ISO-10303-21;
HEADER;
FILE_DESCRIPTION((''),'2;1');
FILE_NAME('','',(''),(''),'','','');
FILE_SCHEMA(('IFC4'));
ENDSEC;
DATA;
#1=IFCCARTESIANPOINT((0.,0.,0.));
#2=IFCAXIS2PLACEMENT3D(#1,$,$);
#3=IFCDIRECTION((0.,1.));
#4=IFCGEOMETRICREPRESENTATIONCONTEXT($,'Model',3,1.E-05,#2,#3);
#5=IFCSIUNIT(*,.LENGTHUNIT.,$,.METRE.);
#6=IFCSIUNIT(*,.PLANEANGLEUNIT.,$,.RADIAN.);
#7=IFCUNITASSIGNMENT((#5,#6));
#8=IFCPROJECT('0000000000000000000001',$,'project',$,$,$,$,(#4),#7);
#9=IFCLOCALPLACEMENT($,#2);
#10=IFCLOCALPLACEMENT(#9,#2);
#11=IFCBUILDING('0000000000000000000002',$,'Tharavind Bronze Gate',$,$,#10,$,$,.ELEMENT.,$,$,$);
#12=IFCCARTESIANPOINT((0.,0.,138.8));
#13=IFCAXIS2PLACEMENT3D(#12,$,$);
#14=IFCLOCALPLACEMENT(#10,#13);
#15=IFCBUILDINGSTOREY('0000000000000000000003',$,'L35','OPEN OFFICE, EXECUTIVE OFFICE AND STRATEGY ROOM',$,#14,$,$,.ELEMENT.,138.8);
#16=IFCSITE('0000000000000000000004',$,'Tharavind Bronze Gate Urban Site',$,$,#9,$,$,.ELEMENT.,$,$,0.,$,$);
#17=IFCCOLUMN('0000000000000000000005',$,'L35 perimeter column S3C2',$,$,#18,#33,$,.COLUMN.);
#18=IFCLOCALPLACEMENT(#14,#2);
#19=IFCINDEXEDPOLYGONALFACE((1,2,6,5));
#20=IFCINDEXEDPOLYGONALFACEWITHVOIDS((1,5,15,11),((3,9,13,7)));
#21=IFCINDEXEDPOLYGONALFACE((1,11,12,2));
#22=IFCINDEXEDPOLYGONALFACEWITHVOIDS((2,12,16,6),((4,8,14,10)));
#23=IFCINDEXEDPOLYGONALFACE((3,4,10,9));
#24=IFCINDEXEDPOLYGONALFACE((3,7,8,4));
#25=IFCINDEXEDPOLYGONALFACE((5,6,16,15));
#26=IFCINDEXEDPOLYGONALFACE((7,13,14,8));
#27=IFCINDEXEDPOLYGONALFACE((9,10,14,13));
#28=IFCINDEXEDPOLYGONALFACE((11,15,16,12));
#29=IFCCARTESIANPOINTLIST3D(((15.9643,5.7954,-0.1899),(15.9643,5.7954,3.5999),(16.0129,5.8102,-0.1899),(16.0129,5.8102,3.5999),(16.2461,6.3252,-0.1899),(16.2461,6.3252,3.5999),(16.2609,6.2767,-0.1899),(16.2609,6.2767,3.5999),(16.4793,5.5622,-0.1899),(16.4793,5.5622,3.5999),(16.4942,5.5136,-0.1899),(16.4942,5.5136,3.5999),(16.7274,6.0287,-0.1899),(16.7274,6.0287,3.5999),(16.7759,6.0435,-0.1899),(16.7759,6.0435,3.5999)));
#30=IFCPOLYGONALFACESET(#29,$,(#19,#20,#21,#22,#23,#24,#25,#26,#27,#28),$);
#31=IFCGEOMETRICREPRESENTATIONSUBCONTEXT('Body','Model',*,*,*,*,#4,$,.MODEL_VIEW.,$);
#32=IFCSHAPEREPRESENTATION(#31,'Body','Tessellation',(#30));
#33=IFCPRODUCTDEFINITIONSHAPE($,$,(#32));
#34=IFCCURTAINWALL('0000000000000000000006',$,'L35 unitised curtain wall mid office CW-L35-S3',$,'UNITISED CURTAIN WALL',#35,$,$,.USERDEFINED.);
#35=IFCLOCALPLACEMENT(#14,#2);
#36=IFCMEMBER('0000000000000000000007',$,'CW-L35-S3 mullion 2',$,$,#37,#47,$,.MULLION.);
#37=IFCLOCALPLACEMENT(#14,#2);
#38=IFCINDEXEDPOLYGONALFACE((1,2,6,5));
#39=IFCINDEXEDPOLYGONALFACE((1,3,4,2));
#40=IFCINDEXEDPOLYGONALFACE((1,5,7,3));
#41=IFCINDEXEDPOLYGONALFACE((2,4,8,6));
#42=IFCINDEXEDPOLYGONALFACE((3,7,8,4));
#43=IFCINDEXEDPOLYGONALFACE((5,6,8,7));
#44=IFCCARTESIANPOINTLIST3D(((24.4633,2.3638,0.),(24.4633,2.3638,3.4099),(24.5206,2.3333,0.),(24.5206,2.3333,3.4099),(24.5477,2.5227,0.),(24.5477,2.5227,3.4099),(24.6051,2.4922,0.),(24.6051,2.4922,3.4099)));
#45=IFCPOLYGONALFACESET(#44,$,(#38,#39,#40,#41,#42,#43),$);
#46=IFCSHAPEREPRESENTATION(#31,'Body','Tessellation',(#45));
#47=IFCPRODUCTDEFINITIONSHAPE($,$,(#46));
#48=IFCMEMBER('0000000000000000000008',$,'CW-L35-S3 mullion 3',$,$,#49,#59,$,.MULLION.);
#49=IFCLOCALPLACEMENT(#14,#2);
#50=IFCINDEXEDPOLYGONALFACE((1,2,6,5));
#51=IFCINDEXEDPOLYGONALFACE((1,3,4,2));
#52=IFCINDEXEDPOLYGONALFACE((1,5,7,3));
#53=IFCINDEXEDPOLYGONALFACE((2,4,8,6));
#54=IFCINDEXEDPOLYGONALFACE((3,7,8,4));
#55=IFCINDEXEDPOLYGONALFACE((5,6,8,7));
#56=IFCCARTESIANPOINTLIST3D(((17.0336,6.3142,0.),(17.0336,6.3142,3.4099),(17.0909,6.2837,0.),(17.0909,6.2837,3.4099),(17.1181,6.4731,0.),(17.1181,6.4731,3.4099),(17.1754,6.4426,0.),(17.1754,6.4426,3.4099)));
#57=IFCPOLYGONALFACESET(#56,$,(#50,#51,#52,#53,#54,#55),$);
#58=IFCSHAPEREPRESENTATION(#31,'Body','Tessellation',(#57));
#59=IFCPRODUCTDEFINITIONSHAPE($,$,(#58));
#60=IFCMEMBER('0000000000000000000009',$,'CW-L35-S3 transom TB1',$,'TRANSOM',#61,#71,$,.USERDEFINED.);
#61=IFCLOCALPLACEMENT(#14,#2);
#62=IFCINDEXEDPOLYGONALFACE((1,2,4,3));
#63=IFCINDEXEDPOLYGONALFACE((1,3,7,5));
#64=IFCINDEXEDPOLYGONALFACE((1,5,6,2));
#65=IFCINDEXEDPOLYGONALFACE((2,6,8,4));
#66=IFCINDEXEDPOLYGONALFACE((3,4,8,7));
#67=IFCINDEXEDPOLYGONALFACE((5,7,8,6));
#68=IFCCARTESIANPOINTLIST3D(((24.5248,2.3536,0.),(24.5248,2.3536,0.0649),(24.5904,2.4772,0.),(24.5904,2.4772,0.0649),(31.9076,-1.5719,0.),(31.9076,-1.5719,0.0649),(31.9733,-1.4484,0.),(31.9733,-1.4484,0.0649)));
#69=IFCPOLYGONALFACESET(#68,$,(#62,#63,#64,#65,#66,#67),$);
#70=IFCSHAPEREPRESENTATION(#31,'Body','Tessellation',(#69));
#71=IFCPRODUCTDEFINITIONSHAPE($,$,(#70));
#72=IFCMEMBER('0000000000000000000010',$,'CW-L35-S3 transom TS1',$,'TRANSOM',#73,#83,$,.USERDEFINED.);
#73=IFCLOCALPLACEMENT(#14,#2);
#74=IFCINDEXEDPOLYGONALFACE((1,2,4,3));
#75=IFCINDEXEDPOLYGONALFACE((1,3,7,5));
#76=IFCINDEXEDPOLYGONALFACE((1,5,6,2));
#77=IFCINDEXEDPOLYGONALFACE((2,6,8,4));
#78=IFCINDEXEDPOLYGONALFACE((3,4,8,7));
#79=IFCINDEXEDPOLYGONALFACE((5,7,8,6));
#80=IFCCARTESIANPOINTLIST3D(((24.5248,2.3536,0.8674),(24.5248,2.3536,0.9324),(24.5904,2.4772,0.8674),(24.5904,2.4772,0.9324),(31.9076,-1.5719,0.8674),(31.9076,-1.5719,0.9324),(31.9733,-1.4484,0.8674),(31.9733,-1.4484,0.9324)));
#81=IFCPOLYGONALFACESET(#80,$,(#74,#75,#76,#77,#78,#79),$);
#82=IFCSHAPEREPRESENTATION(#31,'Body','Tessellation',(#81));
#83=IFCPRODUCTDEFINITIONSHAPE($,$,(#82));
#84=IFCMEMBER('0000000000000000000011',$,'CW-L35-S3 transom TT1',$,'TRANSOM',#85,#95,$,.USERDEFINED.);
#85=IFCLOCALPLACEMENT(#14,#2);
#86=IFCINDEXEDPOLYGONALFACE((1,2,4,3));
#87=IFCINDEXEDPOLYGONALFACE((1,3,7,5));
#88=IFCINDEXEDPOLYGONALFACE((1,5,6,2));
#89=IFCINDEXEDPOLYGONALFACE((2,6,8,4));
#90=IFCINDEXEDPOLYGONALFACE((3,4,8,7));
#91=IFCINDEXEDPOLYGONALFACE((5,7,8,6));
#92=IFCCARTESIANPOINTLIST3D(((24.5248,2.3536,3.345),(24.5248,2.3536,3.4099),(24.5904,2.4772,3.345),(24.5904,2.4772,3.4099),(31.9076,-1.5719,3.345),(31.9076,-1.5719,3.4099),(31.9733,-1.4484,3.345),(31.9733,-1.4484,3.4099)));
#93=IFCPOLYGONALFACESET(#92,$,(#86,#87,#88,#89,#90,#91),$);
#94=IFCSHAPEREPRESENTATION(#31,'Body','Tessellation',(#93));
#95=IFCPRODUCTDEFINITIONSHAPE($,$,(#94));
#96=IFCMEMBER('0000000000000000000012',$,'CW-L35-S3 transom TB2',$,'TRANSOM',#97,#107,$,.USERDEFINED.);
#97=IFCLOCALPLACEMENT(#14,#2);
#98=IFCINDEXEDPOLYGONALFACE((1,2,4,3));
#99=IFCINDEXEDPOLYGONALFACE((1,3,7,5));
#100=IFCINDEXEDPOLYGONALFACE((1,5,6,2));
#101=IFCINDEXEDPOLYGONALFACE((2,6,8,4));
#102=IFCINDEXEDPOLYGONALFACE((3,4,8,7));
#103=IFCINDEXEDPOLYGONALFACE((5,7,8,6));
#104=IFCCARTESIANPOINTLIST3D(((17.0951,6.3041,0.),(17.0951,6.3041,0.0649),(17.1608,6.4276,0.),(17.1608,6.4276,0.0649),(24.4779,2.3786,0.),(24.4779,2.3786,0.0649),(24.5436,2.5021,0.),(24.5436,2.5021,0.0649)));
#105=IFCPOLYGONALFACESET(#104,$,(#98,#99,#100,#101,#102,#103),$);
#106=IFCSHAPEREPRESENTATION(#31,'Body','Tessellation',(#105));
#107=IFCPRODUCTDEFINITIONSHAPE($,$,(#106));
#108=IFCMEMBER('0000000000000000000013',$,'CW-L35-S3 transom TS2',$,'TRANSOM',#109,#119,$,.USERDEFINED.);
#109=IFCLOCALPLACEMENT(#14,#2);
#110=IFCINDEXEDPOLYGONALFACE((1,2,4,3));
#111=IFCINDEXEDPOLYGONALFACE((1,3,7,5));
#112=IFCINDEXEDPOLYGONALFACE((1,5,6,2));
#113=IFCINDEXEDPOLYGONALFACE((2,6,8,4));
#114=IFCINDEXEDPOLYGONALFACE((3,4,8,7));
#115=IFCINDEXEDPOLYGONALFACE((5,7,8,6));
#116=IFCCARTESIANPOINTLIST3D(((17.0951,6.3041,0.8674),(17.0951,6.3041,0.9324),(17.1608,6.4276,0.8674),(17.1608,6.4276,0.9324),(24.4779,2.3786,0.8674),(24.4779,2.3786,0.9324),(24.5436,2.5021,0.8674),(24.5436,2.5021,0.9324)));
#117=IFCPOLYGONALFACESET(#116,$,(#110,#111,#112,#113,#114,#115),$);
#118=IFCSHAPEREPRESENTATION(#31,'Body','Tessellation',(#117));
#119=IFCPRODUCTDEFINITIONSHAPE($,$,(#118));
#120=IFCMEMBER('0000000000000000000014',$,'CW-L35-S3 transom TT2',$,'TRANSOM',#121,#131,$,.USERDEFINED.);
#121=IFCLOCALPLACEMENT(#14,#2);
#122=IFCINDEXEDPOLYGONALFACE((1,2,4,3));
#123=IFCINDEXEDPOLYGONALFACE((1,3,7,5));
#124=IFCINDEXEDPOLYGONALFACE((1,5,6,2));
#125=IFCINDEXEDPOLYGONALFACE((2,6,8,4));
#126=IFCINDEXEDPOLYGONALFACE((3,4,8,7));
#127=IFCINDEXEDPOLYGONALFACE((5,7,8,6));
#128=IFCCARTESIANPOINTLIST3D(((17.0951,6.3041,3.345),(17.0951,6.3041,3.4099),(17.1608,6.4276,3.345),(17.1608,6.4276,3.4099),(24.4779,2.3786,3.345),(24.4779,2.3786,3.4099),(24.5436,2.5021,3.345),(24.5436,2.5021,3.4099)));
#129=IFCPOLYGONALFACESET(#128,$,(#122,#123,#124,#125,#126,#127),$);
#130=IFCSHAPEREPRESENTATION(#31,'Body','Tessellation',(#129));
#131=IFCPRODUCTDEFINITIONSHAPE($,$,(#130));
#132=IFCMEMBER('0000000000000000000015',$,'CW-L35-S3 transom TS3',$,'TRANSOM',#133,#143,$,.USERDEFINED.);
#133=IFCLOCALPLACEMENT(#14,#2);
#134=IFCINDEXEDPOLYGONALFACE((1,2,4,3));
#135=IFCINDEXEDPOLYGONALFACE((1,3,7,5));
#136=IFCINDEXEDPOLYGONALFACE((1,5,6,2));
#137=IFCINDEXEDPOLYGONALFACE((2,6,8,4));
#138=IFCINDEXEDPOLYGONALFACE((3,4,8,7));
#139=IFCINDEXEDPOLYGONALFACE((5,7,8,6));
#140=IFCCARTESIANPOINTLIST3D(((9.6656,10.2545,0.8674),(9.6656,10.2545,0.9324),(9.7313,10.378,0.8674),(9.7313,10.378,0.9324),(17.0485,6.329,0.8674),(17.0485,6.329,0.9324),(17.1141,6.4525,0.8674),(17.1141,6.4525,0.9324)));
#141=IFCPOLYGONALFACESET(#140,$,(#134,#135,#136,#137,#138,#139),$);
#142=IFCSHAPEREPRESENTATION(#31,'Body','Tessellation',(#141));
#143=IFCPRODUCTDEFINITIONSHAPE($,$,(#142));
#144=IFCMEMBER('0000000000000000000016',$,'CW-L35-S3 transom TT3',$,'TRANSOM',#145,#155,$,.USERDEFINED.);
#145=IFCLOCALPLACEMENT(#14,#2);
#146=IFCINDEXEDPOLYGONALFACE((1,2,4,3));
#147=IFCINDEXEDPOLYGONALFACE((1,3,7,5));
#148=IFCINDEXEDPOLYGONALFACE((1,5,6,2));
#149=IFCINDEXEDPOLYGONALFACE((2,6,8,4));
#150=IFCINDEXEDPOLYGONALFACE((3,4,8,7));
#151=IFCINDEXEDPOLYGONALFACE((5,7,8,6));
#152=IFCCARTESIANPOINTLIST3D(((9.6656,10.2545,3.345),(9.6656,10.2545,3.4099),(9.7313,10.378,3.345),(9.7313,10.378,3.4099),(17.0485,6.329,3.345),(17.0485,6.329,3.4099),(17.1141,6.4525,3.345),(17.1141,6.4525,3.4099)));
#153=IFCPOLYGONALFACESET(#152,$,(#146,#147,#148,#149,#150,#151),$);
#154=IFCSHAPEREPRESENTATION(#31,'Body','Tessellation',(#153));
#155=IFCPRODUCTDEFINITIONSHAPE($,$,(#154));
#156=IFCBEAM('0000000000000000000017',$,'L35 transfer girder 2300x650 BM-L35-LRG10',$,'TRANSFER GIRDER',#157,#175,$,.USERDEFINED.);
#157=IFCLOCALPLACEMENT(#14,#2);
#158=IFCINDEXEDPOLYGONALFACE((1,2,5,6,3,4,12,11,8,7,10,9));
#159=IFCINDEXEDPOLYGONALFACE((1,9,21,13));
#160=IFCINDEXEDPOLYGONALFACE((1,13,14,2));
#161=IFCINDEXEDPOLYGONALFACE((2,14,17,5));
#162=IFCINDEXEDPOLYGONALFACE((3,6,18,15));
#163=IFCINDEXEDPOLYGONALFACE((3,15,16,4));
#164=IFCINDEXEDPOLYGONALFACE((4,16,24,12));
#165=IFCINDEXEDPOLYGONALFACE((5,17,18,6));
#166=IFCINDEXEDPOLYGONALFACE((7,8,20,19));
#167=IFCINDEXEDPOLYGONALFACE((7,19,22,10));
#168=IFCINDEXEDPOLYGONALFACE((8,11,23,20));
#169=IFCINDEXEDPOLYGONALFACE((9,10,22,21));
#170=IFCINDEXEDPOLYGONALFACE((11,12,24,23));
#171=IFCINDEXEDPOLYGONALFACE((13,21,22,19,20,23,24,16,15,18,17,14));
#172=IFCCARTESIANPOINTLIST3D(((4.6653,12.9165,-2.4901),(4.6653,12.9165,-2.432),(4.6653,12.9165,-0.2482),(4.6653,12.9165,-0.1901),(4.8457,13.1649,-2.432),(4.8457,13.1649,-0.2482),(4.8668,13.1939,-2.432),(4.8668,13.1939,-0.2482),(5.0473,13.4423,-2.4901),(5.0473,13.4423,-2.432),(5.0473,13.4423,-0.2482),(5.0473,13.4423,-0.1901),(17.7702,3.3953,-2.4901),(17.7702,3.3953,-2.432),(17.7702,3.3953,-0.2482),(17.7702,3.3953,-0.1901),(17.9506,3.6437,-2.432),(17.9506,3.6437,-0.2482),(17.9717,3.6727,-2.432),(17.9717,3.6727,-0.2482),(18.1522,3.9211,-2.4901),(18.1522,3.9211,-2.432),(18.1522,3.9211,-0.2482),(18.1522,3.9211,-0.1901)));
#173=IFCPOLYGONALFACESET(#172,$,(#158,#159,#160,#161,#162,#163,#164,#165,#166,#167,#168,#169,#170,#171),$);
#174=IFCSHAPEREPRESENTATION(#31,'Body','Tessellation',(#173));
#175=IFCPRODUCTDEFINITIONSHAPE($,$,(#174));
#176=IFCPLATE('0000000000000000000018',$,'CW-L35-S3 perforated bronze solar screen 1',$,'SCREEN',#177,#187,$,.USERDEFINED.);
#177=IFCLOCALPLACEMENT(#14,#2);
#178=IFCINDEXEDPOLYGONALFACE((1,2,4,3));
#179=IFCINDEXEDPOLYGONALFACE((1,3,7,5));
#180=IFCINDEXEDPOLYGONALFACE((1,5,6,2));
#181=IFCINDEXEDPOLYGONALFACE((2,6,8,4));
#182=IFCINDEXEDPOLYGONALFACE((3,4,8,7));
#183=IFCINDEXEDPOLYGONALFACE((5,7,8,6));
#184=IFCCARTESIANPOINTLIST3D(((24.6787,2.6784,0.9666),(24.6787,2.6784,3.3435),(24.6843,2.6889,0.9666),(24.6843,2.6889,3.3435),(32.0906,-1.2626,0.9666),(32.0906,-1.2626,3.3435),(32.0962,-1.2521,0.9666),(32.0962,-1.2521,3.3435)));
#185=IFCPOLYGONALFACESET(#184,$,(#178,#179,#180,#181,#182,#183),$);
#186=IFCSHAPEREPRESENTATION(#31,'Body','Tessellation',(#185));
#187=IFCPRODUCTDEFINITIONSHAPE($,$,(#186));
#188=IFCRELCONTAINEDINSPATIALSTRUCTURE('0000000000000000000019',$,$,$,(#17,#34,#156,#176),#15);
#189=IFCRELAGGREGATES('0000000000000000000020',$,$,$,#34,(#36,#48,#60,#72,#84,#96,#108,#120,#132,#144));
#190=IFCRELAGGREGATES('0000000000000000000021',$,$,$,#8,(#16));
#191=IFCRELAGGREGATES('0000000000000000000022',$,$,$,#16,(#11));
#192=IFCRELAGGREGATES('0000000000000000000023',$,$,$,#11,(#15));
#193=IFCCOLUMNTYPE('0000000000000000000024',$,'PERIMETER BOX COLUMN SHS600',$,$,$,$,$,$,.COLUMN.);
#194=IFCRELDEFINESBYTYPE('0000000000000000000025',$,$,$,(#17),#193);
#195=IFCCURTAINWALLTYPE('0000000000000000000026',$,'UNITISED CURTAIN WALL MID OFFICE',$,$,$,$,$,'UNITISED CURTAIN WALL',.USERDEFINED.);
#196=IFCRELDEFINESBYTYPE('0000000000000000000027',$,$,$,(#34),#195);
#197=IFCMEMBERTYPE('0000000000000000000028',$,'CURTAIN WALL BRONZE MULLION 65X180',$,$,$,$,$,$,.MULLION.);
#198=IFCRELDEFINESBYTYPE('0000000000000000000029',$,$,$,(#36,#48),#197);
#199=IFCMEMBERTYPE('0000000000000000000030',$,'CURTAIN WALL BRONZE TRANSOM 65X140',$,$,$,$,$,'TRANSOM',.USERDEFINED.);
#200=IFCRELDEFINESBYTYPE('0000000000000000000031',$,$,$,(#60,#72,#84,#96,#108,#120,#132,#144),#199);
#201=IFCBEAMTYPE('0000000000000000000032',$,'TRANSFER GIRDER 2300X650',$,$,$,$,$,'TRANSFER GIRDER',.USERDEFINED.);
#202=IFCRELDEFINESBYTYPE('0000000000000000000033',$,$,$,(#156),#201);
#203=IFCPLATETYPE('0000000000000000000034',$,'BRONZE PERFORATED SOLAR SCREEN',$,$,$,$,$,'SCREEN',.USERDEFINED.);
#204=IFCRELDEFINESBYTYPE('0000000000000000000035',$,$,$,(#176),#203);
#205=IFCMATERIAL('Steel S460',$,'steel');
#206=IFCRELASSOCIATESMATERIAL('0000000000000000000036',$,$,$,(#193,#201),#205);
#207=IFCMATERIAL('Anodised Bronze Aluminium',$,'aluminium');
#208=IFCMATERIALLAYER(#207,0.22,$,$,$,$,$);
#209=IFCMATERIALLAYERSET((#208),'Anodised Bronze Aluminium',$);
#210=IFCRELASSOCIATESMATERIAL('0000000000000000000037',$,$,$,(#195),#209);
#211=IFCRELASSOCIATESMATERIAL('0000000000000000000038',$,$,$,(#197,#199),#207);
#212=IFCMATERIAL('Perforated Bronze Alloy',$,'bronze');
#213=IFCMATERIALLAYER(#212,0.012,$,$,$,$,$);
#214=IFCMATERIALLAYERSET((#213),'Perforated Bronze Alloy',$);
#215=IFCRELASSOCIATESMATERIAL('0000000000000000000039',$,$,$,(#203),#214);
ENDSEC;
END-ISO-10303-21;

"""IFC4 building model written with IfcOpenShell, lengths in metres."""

from ifc_helpers import new_model, si_unit, direction, frame, origin, origin_2d, place, context, subcontext, project, spatial, rectangle, hollow_rectangle, i_section, extrude, material, layer, layer_set, material_profile, profile_set, type_object, element, aggregate, save


model = new_model("IFC4")

# Units and contexts
model_context = context("Model", 3, precision=1e-05, world=origin(), true_north=direction((0.0, 1.0)))
body_context = subcontext(model_context, "Body", "Model", "MODEL_VIEW")
ifc_project = project(units=[si_unit("LENGTHUNIT", "METRE"), si_unit("PLANEANGLEUNIT", "RADIAN")], contexts=[model_context])

# Site, building, storey
site_placement = place(None, origin())
site = spatial("IfcSite", under=ifc_project, at=site_placement, Name="Tharavind Bronze Gate Urban Site", CompositionType="ELEMENT", RefElevation=0.0)
building_placement = place(site_placement, origin())
building = spatial("IfcBuilding", under=site, at=building_placement, Name="Tharavind Bronze Gate", CompositionType="ELEMENT")
storey_placement = place(building_placement, frame((0.0, 0.0, 138.8)))
storey = spatial("IfcBuildingStorey", under=building, at=storey_placement, Name="L35", Description="OPEN OFFICE, EXECUTIVE OFFICE AND STRATEGY ROOM", CompositionType="ELEMENT", Elevation=138.8)

# Column
ifc_material_1 = material(Name="Steel S460", Category="steel")
ifc_material_profile_1 = material_profile(ifc_material_1, hollow_rectangle(XDim=0.6001, YDim=0.6001, WallThickness=0.0359, at=origin_2d()), Name="SHS600X36")
ifc_profile_set_1 = profile_set([ifc_material_profile_1], Name="Steel S460")
column_type = type_object("IfcColumnType", Name="PERIMETER BOX COLUMN SHS600", PredefinedType="COLUMN", material=ifc_profile_set_1)
column_placement = place(storey_placement, frame((16.3701, 5.9194, -0.1899), z_axis=(0.0, 0.0, 1.0), x_axis=(-0.882948, 0.46947, 0.0)))
element("IfcColumn", 1, at=column_placement, inside=storey, type_object=column_type, Name="L35 perimeter column S3C2", PredefinedType="COLUMN", context=body_context, shape_type="SweptSolid", body=[
    extrude(hollow_rectangle(XDim=0.6001, YDim=0.6001, WallThickness=0.0359, at=origin_2d()), origin(), (0.0, 0.0, 1.0), 3.7898),
])

# Curtain wall, members
ifc_material_2 = material(Name="Anodised Bronze Aluminium", Category="aluminium")
ifc_layer_1 = layer(ifc_material_2, 0.22)
ifc_layer_set_1 = layer_set([ifc_layer_1], Name="Anodised Bronze Aluminium")
curtain_wall_type = type_object("IfcCurtainWallType", Name="UNITISED CURTAIN WALL MID OFFICE", ElementType="UNITISED CURTAIN WALL", PredefinedType="USERDEFINED", material=ifc_layer_set_1)
curtain_wall_placement = place(storey_placement, origin())
curtain_wall = element("IfcCurtainWall", 2, at=curtain_wall_placement, inside=storey, type_object=curtain_wall_type, Name="L35 unitised curtain wall mid office CW-L35-S3", ObjectType="UNITISED CURTAIN WALL", PredefinedType="USERDEFINED")
member_type_1 = type_object("IfcMemberType", Name="CURTAIN WALL BRONZE MULLION 65X180", PredefinedType="MULLION", material=ifc_material_2)
member_1_placement = place(storey_placement, frame((24.5342, 2.428, 0.0), z_axis=(0.0, 0.0, 1.0), x_axis=(-0.882948, 0.469472, 0.0)))
member_1 = element("IfcMember", 3, at=member_1_placement, type_object=member_type_1, Name="CW-L35-S3 mullion 2", PredefinedType="MULLION", context=body_context, shape_type="SweptSolid", body=[
    extrude(rectangle(XDim=0.0649, YDim=0.1799, at=origin_2d()), origin(), (0.0, 0.0, 1.0), 3.4099),
])
member_2_placement = place(storey_placement, frame((17.1045, 6.3784, 0.0), z_axis=(0.0, 0.0, 1.0), x_axis=(-0.882948, 0.469472, 0.0)))
member_2 = element("IfcMember", 4, at=member_2_placement, type_object=member_type_1, Name="CW-L35-S3 mullion 3", PredefinedType="MULLION", context=body_context, shape_type="SweptSolid", body=[
    extrude(rectangle(XDim=0.0649, YDim=0.1799, at=origin_2d()), origin(), (0.0, 0.0, 1.0), 3.4099),
])
member_type_2 = type_object("IfcMemberType", Name="CURTAIN WALL BRONZE TRANSOM 65X140", ElementType="TRANSOM", PredefinedType="USERDEFINED", material=ifc_material_2)
member_3_placement = place(storey_placement, frame((28.249, 0.4526, 0.0), z_axis=(0.0, 0.0, 1.0), x_axis=(-0.882948, 0.469472, 0.0)))
member_3 = element("IfcMember", 5, at=member_3_placement, type_object=member_type_2, Name="CW-L35-S3 transom TB1", ObjectType="TRANSOM", PredefinedType="USERDEFINED", context=body_context, shape_type="SweptSolid", body=[
    extrude(rectangle(XDim=8.3616, YDim=0.1399, at=origin_2d()), origin(), (0.0, 0.0, 1.0), 0.0649),
])
member_4_placement = place(storey_placement, frame((28.249, 0.4526, 0.8674), z_axis=(0.0, 0.0, 1.0), x_axis=(-0.882948, 0.469472, 0.0)))
member_4 = element("IfcMember", 6, at=member_4_placement, type_object=member_type_2, Name="CW-L35-S3 transom TS1", ObjectType="TRANSOM", PredefinedType="USERDEFINED", context=body_context, shape_type="SweptSolid", body=[
    extrude(rectangle(XDim=8.3616, YDim=0.1399, at=origin_2d()), origin(), (0.0, 0.0, 1.0), 0.0649),
])
member_5_placement = place(storey_placement, frame((28.249, 0.4526, 3.345), z_axis=(0.0, 0.0, 1.0), x_axis=(-0.882948, 0.469472, 0.0)))
member_5 = element("IfcMember", 7, at=member_5_placement, type_object=member_type_2, Name="CW-L35-S3 transom TT1", ObjectType="TRANSOM", PredefinedType="USERDEFINED", context=body_context, shape_type="SweptSolid", body=[
    extrude(rectangle(XDim=8.3616, YDim=0.1399, at=origin_2d()), origin(), (0.0, 0.0, 1.0), 0.0649),
])
member_6_placement = place(storey_placement, frame((20.8193, 4.4031, 0.0), z_axis=(0.0, 0.0, 1.0), x_axis=(-0.882948, 0.469472, 0.0)))
member_6 = element("IfcMember", 8, at=member_6_placement, type_object=member_type_2, Name="CW-L35-S3 transom TB2", ObjectType="TRANSOM", PredefinedType="USERDEFINED", context=body_context, shape_type="SweptSolid", body=[
    extrude(rectangle(XDim=8.3616, YDim=0.1399, at=origin_2d()), origin(), (0.0, 0.0, 1.0), 0.0649),
])
member_7_placement = place(storey_placement, frame((20.8193, 4.4031, 0.8674), z_axis=(0.0, 0.0, 1.0), x_axis=(-0.882948, 0.469472, 0.0)))
member_7 = element("IfcMember", 9, at=member_7_placement, type_object=member_type_2, Name="CW-L35-S3 transom TS2", ObjectType="TRANSOM", PredefinedType="USERDEFINED", context=body_context, shape_type="SweptSolid", body=[
    extrude(rectangle(XDim=8.3616, YDim=0.1399, at=origin_2d()), origin(), (0.0, 0.0, 1.0), 0.0649),
])
member_8_placement = place(storey_placement, frame((20.8193, 4.4031, 3.345), z_axis=(0.0, 0.0, 1.0), x_axis=(-0.882948, 0.469472, 0.0)))
member_8 = element("IfcMember", 10, at=member_8_placement, type_object=member_type_2, Name="CW-L35-S3 transom TT2", ObjectType="TRANSOM", PredefinedType="USERDEFINED", context=body_context, shape_type="SweptSolid", body=[
    extrude(rectangle(XDim=8.3616, YDim=0.1399, at=origin_2d()), origin(), (0.0, 0.0, 1.0), 0.0649),
])
member_9_placement = place(storey_placement, frame((13.3899, 8.3535, 0.8674), z_axis=(0.0, 0.0, 1.0), x_axis=(-0.882948, 0.469472, 0.0)))
member_9 = element("IfcMember", 11, at=member_9_placement, type_object=member_type_2, Name="CW-L35-S3 transom TS3", ObjectType="TRANSOM", PredefinedType="USERDEFINED", context=body_context, shape_type="SweptSolid", body=[
    extrude(rectangle(XDim=8.3616, YDim=0.1399, at=origin_2d()), origin(), (0.0, 0.0, 1.0), 0.0649),
])
member_10_placement = place(storey_placement, frame((13.3899, 8.3535, 3.345), z_axis=(0.0, 0.0, 1.0), x_axis=(-0.882948, 0.469472, 0.0)))
member_10 = element("IfcMember", 12, at=member_10_placement, type_object=member_type_2, Name="CW-L35-S3 transom TT3", ObjectType="TRANSOM", PredefinedType="USERDEFINED", context=body_context, shape_type="SweptSolid", body=[
    extrude(rectangle(XDim=8.3616, YDim=0.1399, at=origin_2d()), origin(), (0.0, 0.0, 1.0), 0.0649),
])

# Beam
ifc_material_profile_2 = material_profile(ifc_material_1, i_section(OverallWidth=0.6499, OverallDepth=2.3, WebThickness=0.0359, FlangeThickness=0.0581, at=origin_2d()), Name="PG2300X650")
ifc_profile_set_2 = profile_set([ifc_material_profile_2], Name="Steel S460")
beam_type = type_object("IfcBeamType", Name="TRANSFER GIRDER 2300X650", ElementType="TRANSFER GIRDER", PredefinedType="USERDEFINED", material=ifc_profile_set_2)
beam_placement = place(storey_placement, frame((17.9612, 3.6582, -1.3401), z_axis=(-0.80902, 0.587782, 0.0), x_axis=(-0.587782, -0.80902, 0.0)))
element("IfcBeam", 13, at=beam_placement, inside=storey, type_object=beam_type, Name="L35 transfer girder 2300x650 BM-L35-LRG10", ObjectType="TRANSFER GIRDER", PredefinedType="USERDEFINED", context=body_context, shape_type="SweptSolid", body=[
    extrude(i_section(OverallWidth=0.6499, OverallDepth=2.3, WebThickness=0.0359, FlangeThickness=0.0581, at=origin_2d()), origin(), (0.0, 0.0, 1.0), 16.1985),
])

# Plate
ifc_material_3 = material(Name="Perforated Bronze Alloy", Category="bronze")
ifc_layer_2 = layer(ifc_material_3, 0.012)
ifc_layer_set_2 = layer_set([ifc_layer_2], Name="Perforated Bronze Alloy")
plate_type_1 = type_object("IfcPlateType", Name="BRONZE PERFORATED SOLAR SCREEN", ElementType="SCREEN", PredefinedType="USERDEFINED", material=ifc_layer_set_2)
for number, where, z_axis, x_axis, name in (
    (14, (28.3875, 0.7131, 0.9666), (0.0, 0.0, 1.0), (-0.882948, 0.469472, 0.0), "CW-L35-S3 perforated bronze solar screen 1"),
):
    element("IfcPlate", number, at=place(storey_placement, frame(where, z_axis=z_axis, x_axis=x_axis)), inside=storey, type_object=plate_type_1, Name=name, ObjectType="SCREEN", PredefinedType="USERDEFINED", context=body_context, shape_type="SweptSolid", body=[
        extrude(rectangle(XDim=8.3945, YDim=0.012, at=origin_2d()), origin(), (0.0, 0.0, 1.0), 2.377),
    ])

aggregate(curtain_wall, [member_1, member_2, member_3, member_4, member_5, member_6, member_7, member_8, member_9, member_10])

save(model, "model.ifc")
